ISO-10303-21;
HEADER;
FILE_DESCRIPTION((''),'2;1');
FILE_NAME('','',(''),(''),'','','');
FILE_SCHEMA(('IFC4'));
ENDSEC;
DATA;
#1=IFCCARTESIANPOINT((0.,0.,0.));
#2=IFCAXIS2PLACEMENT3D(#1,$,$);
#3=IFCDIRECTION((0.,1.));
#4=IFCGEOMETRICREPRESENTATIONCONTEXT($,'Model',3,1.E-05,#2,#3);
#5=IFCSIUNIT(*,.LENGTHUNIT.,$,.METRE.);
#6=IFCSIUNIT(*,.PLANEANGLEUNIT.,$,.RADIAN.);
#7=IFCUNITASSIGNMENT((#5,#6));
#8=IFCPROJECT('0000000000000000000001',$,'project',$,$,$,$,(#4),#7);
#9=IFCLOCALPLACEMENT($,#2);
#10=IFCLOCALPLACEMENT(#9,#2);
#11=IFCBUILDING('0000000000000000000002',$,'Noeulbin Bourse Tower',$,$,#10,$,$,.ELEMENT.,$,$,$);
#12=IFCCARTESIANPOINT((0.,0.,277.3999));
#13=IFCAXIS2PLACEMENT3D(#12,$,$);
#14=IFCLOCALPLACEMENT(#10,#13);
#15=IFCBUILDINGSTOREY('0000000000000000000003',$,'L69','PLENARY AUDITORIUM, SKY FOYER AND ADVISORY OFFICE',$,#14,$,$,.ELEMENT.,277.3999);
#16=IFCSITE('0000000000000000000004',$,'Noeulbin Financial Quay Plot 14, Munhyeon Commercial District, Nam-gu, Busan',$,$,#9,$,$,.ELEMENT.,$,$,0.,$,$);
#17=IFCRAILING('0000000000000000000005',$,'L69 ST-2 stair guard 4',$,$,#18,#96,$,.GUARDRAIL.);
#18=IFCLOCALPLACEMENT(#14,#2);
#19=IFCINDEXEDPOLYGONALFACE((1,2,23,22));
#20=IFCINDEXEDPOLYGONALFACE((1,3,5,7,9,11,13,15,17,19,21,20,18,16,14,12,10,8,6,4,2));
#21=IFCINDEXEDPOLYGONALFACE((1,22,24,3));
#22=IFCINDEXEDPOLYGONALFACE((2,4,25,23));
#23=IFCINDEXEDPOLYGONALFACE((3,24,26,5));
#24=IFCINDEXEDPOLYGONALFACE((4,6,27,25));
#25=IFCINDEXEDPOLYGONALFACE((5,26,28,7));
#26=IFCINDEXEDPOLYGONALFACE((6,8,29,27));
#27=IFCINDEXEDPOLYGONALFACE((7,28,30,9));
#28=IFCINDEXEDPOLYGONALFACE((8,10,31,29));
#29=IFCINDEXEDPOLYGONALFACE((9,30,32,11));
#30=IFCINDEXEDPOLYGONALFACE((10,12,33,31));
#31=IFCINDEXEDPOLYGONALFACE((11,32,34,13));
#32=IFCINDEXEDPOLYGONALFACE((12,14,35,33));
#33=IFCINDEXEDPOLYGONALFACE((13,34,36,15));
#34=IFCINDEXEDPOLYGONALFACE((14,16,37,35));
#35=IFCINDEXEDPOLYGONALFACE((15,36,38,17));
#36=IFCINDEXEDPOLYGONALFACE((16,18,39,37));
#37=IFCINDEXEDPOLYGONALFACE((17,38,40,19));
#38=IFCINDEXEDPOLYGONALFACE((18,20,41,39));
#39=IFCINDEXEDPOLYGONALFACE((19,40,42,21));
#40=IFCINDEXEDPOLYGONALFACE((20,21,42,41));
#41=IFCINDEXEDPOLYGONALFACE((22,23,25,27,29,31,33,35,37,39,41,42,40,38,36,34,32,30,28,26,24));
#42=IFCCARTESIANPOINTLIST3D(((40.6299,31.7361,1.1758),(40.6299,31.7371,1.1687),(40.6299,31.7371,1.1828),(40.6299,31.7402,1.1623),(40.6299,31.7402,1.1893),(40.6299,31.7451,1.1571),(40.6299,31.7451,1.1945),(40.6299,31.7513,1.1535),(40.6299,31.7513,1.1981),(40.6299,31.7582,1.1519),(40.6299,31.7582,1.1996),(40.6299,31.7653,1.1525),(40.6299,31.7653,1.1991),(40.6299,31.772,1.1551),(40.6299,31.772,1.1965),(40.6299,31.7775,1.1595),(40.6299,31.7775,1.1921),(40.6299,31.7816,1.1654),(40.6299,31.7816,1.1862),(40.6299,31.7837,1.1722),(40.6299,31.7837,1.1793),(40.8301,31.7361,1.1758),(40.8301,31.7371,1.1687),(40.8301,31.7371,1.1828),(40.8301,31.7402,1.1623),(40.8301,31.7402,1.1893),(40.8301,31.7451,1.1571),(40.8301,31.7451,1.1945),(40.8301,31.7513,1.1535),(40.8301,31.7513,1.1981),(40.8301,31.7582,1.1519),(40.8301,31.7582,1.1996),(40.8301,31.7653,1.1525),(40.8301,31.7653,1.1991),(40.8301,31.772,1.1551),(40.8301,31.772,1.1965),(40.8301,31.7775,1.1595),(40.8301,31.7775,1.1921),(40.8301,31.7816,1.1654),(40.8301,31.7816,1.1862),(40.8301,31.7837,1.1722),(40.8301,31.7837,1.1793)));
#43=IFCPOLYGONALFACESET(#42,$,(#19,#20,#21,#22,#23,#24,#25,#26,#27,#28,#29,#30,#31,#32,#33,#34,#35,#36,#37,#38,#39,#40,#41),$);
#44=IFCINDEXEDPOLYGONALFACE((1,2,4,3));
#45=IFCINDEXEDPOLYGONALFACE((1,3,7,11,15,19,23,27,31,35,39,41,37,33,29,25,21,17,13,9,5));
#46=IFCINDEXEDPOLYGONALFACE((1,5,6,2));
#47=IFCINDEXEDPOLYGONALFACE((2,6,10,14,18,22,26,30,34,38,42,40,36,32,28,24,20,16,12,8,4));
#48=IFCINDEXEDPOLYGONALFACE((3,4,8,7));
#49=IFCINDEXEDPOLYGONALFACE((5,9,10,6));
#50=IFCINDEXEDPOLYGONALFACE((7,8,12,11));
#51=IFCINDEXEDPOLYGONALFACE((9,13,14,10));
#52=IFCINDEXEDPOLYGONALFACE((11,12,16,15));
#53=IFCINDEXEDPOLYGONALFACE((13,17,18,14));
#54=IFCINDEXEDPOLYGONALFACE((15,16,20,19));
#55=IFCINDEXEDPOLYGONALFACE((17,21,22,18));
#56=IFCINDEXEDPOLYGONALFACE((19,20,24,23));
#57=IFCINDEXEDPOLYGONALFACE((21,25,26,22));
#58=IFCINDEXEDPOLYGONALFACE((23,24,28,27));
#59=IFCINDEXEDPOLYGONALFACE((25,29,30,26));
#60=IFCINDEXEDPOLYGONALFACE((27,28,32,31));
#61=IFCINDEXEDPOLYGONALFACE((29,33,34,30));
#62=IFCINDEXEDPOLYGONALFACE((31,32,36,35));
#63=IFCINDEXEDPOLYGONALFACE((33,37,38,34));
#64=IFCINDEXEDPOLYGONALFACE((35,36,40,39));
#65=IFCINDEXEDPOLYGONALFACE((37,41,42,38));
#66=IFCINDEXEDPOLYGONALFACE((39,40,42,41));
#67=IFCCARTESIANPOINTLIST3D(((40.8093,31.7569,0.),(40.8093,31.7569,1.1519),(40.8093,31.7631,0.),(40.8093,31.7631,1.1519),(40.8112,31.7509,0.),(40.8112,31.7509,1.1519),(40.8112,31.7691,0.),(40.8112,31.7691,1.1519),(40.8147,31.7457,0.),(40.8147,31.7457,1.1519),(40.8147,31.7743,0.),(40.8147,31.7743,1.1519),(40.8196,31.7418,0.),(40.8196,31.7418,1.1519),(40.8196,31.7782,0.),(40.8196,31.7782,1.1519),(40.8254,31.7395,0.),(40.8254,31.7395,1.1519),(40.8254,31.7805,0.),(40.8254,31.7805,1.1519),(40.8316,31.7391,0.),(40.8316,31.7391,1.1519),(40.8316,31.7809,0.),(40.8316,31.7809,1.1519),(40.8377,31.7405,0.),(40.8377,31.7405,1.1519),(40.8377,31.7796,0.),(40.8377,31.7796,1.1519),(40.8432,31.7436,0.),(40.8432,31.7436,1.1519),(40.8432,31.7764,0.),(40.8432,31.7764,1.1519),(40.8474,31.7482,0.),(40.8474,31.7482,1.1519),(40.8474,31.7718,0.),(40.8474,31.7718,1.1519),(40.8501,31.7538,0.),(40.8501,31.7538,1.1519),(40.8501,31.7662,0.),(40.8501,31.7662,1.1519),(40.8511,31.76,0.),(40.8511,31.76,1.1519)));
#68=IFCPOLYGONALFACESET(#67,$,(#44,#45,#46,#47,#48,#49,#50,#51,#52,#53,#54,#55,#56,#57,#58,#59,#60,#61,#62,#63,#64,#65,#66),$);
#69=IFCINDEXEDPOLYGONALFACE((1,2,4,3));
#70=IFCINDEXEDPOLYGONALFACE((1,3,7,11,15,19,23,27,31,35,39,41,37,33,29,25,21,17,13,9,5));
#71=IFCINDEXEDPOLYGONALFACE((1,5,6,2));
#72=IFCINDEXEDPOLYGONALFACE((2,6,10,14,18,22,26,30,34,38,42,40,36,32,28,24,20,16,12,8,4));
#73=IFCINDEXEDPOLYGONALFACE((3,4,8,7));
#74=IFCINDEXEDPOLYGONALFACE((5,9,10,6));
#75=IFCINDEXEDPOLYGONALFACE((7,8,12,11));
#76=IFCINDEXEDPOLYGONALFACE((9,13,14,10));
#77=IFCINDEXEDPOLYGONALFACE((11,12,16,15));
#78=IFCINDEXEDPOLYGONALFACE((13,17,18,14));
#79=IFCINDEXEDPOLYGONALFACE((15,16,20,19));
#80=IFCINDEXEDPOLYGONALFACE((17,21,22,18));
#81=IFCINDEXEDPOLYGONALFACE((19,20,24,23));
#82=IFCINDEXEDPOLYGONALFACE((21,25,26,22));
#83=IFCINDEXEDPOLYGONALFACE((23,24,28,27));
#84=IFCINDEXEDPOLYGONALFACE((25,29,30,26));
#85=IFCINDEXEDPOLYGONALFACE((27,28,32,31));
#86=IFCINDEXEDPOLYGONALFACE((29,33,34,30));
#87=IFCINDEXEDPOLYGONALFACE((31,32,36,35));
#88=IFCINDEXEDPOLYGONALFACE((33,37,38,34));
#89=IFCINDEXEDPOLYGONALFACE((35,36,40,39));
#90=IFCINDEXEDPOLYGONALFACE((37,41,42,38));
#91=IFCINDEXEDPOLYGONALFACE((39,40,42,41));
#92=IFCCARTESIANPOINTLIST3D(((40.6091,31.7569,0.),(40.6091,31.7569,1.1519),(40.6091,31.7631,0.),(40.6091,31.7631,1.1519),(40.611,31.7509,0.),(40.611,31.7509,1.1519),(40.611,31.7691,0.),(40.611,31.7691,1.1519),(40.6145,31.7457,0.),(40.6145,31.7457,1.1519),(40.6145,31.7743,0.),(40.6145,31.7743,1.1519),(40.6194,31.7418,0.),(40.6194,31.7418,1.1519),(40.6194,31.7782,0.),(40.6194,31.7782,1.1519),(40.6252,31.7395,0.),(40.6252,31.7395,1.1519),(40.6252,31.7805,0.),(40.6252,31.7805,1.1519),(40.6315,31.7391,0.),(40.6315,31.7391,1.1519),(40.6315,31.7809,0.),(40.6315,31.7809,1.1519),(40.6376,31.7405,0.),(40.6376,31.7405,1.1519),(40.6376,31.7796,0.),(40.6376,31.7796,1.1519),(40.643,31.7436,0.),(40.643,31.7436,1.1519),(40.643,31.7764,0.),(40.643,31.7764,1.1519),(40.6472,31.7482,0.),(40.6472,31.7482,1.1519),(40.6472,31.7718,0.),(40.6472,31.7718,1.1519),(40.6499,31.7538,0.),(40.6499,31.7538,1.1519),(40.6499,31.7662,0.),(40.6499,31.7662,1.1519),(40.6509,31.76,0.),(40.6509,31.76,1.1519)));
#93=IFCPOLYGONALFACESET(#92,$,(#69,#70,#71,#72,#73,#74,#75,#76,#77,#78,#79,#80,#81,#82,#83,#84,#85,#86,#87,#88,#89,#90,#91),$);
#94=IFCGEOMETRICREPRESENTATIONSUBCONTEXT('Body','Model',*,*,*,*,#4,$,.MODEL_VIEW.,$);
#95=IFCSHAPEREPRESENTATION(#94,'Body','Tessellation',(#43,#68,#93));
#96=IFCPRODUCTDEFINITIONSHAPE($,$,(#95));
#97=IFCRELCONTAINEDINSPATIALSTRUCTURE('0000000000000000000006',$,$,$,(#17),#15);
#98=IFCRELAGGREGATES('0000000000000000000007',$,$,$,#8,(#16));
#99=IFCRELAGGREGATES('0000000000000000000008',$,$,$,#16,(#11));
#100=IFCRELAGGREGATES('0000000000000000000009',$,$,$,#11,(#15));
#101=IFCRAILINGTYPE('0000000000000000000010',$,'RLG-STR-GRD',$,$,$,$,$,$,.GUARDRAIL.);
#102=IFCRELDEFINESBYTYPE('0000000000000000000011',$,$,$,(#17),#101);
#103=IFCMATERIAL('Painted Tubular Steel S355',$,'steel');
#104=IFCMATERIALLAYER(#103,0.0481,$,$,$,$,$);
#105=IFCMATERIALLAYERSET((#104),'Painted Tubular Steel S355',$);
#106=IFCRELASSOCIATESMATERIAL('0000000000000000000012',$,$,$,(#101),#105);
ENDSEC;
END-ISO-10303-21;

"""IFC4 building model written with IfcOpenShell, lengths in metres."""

from ifc_helpers import new_model, si_unit, direction, frame, origin, origin_2d, place, context, subcontext, project, spatial, circle, extrude, material, layer, layer_set, type_object, element, save


model = new_model("IFC4")

# Units and contexts
model_context = context("Model", 3, precision=1e-05, world=origin(), true_north=direction((0.0, 1.0)))
body_context = subcontext(model_context, "Body", "Model", "MODEL_VIEW")
ifc_project = project(units=[si_unit("LENGTHUNIT", "METRE"), si_unit("PLANEANGLEUNIT", "RADIAN")], contexts=[model_context])

# Site, building, storey
site_placement = place(None, origin())
site = spatial("IfcSite", under=ifc_project, at=site_placement, Name="Noeulbin Financial Quay Plot 14, Munhyeon Commercial District, Nam-gu, Busan", CompositionType="ELEMENT", RefElevation=0.0)
building_placement = place(site_placement, origin())
building = spatial("IfcBuilding", under=site, at=building_placement, Name="Noeulbin Bourse Tower", CompositionType="ELEMENT")
storey_placement = place(building_placement, frame((0.0, 0.0, 277.3999)))
storey = spatial("IfcBuildingStorey", under=building, at=storey_placement, Name="L69", Description="PLENARY AUDITORIUM, SKY FOYER AND ADVISORY OFFICE", CompositionType="ELEMENT", Elevation=277.3999)

# Railing
ifc_material_1 = material(Name="Painted Tubular Steel S355", Category="steel")
ifc_layer_1 = layer(ifc_material_1, 0.0481)
ifc_layer_set_1 = layer_set([ifc_layer_1], Name="Painted Tubular Steel S355")
railing_type = type_object("IfcRailingType", Name="RLG-STR-GRD", PredefinedType="GUARDRAIL", material=ifc_layer_set_1)
railing_1_placement = place(storey_placement, frame((40.8301, 31.76, 0.0)))
element("IfcRailing", 1, at=railing_1_placement, inside=storey, type_object=railing_type, Name="L69 ST-2 stair guard 4", PredefinedType="GUARDRAIL", context=body_context, shape_type="SweptSolid", body=[
    extrude(circle(Radius=0.0239, at=origin_2d()), frame((0.0, 0.0, 1.1758), z_axis=(-1.0, 0.0, 0.0), x_axis=(0.0, -1.0, 0.0)), (0.0, 0.0, 1.0), 0.2002),
    extrude(circle(Radius=0.021, at=origin_2d()), origin(), (0.0, 0.0, 1.0), 1.1519),
    extrude(circle(Radius=0.021, at=origin_2d()), frame((-0.2002, 0.0, 0.0)), (0.0, 0.0, 1.0), 1.1519),
])

save(model, "model.ifc")
